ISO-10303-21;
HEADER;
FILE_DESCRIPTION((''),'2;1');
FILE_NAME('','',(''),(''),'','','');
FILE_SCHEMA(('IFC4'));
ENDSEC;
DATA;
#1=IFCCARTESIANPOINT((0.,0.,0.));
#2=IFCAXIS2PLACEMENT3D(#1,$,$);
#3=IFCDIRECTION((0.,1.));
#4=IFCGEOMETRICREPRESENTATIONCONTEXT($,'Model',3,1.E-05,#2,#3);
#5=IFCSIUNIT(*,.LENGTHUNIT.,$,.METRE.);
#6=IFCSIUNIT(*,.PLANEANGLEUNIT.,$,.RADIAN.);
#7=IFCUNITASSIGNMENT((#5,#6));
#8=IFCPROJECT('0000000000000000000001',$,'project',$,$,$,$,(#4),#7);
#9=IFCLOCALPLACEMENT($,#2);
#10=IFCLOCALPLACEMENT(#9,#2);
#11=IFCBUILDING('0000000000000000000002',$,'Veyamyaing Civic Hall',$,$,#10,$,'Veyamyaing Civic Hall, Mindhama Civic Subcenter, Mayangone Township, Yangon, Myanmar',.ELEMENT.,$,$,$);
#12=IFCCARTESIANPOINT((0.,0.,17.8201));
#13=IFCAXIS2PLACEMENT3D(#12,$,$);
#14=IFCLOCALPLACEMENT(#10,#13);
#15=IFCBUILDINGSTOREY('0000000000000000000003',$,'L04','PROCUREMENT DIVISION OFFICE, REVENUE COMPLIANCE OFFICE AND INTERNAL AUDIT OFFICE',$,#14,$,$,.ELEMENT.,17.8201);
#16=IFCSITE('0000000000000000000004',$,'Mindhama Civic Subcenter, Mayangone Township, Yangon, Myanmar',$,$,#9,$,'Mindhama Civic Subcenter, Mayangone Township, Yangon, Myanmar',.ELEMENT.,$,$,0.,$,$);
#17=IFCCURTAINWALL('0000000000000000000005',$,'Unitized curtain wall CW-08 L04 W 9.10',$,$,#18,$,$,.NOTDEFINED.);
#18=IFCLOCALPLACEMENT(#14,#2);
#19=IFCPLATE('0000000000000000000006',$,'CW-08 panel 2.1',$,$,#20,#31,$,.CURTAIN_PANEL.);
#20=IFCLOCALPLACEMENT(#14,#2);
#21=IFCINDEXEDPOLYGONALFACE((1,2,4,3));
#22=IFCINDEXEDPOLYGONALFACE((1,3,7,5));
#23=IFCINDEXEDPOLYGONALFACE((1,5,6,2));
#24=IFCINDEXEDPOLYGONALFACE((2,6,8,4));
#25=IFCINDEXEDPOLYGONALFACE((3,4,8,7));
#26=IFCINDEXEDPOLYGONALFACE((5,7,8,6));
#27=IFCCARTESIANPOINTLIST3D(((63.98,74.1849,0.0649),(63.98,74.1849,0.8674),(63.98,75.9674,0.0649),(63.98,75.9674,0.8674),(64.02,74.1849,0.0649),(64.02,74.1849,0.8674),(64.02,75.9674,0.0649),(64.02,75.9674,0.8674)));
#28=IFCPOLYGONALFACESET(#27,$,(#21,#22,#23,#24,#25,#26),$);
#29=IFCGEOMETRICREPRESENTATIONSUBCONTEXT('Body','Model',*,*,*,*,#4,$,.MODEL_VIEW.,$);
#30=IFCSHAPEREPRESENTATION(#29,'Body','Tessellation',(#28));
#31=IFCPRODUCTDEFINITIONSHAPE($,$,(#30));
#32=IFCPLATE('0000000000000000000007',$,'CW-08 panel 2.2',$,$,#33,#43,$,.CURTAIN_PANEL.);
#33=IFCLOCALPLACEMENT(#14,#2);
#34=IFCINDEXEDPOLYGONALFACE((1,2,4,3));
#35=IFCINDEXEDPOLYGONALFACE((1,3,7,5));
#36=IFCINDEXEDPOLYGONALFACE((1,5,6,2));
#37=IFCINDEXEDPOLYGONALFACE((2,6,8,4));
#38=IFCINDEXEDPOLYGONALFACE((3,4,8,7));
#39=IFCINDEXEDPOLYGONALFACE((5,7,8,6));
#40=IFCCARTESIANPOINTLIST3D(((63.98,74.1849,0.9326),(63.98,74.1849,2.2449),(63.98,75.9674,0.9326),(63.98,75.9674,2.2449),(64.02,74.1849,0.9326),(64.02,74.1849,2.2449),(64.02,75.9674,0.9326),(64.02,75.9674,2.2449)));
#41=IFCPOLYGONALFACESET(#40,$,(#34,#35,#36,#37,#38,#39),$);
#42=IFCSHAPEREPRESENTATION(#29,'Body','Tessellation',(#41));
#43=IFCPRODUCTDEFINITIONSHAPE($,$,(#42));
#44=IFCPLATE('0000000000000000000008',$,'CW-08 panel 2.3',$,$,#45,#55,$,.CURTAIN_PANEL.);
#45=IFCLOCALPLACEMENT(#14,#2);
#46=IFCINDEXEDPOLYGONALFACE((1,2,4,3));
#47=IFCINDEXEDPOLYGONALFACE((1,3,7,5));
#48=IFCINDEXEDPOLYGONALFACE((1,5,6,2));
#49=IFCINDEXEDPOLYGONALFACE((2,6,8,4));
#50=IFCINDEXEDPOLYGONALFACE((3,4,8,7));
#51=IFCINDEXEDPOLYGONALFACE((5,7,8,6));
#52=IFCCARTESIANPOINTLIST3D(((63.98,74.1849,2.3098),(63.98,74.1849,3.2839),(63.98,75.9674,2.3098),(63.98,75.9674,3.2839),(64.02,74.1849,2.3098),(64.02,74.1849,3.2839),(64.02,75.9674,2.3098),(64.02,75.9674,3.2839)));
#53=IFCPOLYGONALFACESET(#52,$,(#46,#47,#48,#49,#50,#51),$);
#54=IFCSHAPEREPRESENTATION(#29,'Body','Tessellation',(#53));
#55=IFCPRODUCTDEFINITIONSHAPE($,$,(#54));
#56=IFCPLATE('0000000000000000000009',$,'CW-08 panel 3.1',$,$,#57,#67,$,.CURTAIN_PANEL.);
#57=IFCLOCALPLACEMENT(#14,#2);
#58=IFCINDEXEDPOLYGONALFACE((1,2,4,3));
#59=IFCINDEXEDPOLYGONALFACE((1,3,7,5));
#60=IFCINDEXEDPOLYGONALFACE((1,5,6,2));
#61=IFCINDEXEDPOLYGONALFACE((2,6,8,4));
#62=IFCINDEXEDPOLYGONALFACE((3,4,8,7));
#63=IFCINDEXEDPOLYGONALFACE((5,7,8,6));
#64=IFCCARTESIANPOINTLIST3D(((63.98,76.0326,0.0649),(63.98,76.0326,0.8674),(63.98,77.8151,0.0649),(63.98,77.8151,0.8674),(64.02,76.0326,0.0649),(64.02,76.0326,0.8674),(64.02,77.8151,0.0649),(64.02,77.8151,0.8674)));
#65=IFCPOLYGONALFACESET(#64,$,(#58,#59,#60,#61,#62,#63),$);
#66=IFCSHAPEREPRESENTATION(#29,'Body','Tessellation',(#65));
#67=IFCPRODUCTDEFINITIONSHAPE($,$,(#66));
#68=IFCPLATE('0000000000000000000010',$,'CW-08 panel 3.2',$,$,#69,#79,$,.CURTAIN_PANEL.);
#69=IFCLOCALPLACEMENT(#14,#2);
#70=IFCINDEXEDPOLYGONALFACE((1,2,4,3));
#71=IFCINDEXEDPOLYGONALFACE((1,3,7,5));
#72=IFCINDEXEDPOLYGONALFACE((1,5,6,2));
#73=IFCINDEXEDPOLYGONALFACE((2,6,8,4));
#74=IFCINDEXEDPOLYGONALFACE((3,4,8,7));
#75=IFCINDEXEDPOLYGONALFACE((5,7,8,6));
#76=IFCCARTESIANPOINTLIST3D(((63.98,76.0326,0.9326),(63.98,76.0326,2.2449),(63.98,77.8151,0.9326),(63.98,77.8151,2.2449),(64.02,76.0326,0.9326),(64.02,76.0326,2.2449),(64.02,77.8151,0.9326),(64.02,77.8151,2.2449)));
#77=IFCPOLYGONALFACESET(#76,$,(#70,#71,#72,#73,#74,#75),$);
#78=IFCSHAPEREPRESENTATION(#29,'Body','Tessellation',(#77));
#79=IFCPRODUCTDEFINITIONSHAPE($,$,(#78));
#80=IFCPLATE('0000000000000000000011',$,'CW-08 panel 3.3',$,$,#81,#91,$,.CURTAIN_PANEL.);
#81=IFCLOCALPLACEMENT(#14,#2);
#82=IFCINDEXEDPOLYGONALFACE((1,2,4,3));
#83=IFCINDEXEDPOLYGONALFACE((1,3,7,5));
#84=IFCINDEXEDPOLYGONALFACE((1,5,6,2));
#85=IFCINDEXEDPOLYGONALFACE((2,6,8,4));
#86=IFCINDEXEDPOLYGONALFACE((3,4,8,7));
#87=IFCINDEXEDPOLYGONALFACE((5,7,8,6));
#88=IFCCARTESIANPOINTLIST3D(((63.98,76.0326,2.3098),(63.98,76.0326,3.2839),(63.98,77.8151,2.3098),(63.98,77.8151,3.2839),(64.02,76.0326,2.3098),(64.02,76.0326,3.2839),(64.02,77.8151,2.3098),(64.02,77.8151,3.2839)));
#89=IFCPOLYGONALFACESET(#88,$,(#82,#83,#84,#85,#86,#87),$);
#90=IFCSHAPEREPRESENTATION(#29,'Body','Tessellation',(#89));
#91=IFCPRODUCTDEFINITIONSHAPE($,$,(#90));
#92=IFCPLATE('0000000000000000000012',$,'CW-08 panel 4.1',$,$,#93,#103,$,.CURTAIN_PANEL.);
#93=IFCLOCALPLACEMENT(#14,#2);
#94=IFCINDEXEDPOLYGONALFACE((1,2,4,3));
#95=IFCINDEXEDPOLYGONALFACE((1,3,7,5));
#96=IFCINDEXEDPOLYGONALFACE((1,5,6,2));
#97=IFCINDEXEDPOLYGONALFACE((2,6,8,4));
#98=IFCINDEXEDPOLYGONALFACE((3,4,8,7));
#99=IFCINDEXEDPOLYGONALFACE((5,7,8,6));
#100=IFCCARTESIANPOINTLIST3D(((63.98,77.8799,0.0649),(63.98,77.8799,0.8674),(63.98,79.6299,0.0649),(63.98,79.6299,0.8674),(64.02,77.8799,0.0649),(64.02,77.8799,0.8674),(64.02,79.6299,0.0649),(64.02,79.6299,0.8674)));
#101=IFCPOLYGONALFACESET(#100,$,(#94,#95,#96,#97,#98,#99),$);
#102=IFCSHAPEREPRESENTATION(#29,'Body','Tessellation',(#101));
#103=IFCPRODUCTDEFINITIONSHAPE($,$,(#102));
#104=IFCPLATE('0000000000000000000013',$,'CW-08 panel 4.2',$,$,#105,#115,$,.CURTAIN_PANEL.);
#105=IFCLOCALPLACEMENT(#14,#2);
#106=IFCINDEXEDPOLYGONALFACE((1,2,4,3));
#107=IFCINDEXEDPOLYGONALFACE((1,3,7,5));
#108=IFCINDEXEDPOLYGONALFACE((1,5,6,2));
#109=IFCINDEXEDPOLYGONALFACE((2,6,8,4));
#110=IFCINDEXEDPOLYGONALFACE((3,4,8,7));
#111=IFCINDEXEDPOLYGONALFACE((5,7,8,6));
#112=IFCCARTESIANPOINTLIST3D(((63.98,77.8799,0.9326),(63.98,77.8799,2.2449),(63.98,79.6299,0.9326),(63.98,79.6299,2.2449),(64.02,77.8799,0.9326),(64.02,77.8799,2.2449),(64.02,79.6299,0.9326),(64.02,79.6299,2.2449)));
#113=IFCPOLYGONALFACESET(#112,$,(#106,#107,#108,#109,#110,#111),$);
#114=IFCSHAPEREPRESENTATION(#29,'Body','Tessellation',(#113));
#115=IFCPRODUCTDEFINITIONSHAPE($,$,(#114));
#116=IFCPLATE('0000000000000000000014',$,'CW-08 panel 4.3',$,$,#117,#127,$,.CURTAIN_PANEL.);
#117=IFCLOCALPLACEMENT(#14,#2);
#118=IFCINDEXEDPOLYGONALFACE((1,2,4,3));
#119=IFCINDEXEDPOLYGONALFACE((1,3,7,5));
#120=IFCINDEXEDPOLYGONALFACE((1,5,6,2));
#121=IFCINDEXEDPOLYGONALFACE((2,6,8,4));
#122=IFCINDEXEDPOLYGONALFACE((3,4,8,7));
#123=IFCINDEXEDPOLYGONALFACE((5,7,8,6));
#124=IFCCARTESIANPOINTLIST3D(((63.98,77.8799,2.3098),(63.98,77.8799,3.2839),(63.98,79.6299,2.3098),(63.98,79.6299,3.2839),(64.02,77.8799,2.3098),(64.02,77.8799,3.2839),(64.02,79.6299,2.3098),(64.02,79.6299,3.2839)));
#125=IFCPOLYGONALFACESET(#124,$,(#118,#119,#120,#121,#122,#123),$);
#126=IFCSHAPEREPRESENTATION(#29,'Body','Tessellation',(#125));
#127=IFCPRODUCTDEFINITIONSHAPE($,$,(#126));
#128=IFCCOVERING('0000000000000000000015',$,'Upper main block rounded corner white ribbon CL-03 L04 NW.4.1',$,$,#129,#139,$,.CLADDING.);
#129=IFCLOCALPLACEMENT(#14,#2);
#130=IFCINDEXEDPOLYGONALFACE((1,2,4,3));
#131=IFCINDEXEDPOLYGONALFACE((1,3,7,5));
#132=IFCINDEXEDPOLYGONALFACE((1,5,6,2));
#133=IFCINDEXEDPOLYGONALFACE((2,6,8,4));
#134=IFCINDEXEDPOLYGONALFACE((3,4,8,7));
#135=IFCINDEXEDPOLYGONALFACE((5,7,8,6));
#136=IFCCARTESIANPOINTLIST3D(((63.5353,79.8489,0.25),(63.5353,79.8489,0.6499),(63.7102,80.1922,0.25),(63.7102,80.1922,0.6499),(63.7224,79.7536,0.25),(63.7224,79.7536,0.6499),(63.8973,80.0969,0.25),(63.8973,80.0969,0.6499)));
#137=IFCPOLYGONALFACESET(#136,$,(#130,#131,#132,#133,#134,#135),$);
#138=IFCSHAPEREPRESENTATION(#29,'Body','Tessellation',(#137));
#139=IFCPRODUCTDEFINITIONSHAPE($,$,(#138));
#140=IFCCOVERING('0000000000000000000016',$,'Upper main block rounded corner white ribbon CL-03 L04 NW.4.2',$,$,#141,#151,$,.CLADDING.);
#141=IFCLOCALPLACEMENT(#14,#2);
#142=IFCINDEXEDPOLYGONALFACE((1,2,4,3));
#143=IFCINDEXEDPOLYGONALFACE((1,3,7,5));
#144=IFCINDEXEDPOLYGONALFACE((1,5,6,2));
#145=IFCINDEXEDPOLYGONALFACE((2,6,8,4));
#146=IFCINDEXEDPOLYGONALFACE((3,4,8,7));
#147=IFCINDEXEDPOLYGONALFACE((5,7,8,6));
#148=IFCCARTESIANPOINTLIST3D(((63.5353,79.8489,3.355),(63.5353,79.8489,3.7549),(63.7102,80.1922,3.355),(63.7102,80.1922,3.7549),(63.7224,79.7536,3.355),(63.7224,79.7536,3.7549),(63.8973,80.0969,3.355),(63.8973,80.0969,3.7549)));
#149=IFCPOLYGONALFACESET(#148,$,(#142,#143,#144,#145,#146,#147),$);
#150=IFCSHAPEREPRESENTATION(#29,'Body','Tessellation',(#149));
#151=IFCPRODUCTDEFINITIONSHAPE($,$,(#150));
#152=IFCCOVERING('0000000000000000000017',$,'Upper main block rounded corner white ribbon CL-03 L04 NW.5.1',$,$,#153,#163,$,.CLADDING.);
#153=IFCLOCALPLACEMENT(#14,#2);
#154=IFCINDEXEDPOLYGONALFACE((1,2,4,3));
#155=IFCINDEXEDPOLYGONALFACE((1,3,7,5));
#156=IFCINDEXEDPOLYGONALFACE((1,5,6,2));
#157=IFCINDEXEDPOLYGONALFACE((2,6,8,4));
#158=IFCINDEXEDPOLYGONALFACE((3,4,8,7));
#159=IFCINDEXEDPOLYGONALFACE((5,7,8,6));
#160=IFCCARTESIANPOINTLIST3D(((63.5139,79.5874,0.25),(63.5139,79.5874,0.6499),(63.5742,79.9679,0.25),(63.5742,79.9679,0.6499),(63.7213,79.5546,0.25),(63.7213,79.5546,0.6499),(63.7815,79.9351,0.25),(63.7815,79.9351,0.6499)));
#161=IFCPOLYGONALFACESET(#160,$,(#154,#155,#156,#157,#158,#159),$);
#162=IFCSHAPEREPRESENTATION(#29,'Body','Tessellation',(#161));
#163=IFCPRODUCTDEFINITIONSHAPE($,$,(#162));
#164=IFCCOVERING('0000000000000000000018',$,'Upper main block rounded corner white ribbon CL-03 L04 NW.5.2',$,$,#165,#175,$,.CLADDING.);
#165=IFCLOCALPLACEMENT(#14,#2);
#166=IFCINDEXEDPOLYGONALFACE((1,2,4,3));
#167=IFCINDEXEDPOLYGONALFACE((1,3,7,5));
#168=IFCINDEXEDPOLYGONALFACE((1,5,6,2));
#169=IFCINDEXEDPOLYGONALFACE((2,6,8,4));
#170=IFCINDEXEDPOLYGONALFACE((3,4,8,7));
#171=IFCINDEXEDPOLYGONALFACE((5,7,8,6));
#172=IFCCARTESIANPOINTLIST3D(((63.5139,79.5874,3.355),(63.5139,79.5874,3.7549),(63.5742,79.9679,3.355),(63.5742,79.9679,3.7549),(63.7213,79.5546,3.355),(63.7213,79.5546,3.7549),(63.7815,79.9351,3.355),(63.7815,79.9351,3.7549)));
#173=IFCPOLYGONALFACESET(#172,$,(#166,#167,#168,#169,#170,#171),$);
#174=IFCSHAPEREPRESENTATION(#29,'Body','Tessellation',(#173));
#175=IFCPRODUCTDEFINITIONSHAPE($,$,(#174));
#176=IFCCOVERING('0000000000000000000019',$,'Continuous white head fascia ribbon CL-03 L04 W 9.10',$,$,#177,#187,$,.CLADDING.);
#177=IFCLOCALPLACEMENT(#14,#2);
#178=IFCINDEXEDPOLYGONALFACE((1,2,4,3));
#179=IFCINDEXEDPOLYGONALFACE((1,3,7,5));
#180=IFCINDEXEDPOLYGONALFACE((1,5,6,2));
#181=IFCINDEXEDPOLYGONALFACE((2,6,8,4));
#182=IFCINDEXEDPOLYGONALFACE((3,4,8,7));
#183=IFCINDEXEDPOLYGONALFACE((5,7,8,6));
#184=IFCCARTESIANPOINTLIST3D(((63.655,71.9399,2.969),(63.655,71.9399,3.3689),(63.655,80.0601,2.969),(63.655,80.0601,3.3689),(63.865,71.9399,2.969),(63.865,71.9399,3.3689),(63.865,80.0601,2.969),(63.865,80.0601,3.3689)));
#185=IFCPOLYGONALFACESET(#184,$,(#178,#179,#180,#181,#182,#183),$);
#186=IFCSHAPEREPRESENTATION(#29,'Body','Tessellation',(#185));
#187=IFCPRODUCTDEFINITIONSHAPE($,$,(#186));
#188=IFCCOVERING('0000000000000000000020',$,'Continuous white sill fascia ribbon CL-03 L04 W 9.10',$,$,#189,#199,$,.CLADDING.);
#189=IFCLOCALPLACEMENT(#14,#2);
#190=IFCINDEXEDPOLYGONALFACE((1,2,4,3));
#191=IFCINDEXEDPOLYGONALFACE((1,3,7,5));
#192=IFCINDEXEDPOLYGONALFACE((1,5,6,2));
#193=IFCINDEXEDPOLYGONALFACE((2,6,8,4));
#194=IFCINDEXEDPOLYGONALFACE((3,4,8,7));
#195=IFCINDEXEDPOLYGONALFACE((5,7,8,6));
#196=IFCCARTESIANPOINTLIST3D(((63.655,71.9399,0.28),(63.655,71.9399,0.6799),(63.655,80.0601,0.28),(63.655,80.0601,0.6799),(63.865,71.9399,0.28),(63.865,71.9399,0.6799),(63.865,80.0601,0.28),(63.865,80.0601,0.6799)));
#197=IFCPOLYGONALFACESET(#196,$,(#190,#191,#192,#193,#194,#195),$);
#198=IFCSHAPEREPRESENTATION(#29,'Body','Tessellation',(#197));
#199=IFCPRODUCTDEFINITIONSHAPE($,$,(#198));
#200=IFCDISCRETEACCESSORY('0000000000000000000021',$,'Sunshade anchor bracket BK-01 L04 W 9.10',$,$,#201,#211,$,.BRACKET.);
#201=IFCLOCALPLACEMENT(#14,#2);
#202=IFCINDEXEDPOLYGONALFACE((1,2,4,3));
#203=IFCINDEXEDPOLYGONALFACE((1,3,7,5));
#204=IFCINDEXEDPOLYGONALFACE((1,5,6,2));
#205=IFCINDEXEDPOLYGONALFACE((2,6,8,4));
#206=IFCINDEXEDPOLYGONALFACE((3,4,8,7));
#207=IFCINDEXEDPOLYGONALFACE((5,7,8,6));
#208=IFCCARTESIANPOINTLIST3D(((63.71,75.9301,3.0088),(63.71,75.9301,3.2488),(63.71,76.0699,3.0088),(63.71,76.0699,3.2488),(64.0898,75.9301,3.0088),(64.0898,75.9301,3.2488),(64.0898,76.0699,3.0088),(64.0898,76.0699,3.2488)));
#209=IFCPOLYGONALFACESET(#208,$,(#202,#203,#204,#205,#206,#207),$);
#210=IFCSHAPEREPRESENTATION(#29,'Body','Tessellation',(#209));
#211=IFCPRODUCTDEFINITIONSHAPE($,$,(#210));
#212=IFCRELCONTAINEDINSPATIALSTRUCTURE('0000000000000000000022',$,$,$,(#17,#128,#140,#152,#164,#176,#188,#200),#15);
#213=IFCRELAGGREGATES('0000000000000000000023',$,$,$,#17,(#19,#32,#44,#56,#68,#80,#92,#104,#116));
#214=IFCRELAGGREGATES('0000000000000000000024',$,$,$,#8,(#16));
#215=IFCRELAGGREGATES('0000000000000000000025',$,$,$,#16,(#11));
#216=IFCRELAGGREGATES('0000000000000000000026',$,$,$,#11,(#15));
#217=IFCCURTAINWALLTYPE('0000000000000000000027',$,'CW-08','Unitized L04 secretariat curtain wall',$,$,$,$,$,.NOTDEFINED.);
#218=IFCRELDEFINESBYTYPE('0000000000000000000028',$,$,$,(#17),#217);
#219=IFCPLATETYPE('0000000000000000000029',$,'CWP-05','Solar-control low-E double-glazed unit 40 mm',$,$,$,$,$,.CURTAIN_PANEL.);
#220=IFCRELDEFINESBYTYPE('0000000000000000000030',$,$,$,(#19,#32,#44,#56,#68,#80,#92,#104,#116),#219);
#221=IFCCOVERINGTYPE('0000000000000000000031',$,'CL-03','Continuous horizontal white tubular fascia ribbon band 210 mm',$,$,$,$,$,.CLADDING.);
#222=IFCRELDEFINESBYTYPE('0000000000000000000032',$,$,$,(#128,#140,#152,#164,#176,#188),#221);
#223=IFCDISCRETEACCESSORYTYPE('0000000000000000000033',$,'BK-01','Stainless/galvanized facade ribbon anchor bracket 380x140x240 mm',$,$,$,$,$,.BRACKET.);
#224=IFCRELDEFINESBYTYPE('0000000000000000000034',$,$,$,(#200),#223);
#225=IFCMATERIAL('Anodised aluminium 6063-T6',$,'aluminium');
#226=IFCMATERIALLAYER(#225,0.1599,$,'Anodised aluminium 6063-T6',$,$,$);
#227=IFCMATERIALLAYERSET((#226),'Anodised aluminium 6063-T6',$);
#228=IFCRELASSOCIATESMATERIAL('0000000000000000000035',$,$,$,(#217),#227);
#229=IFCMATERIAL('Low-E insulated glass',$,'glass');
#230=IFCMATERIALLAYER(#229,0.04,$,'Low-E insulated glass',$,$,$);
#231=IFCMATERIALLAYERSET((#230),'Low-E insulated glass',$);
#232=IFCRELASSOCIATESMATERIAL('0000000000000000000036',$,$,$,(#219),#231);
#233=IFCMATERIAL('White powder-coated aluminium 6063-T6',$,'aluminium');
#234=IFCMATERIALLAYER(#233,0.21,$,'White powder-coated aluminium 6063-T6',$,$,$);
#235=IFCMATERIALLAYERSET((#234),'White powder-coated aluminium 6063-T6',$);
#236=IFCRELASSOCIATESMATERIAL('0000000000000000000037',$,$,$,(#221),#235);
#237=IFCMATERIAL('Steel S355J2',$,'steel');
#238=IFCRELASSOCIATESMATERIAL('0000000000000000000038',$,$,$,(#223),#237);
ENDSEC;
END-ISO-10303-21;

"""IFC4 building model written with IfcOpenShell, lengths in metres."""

from ifc_helpers import new_model, si_unit, direction, frame, origin, origin_2d, place, context, subcontext, project, spatial, rectangle, extrude, material, layer, layer_set, type_object, element, aggregate, save


model = new_model("IFC4")

# Units and contexts
model_context = context("Model", 3, precision=1e-05, world=origin(), true_north=direction((0.0, 1.0)))
body_context = subcontext(model_context, "Body", "Model", "MODEL_VIEW")
ifc_project = project(units=[si_unit("LENGTHUNIT", "METRE"), si_unit("PLANEANGLEUNIT", "RADIAN")], contexts=[model_context])

# Site, building, storey
site_placement = place(None, origin())
site = spatial("IfcSite", under=ifc_project, at=site_placement, Name="Mindhama Civic Subcenter, Mayangone Township, Yangon, Myanmar", LongName="Mindhama Civic Subcenter, Mayangone Township, Yangon, Myanmar", CompositionType="ELEMENT", RefElevation=0.0)
building_placement = place(site_placement, origin())
building = spatial("IfcBuilding", under=site, at=building_placement, Name="Veyamyaing Civic Hall", LongName="Veyamyaing Civic Hall, Mindhama Civic Subcenter, Mayangone Township, Yangon, Myanmar", CompositionType="ELEMENT")
storey_placement = place(building_placement, frame((0.0, 0.0, 17.8201)))
storey = spatial("IfcBuildingStorey", under=building, at=storey_placement, Name="L04", Description="PROCUREMENT DIVISION OFFICE, REVENUE COMPLIANCE OFFICE AND INTERNAL AUDIT OFFICE", CompositionType="ELEMENT", Elevation=17.8201)

# Curtain wall
ifc_material_1 = material(Name="Anodised aluminium 6063-T6", Category="aluminium")
ifc_layer_1 = layer(ifc_material_1, 0.1599, Name="Anodised aluminium 6063-T6")
ifc_layer_set_1 = layer_set([ifc_layer_1], Name="Anodised aluminium 6063-T6")
curtain_wall_type = type_object("IfcCurtainWallType", Name="CW-08", Description="Unitized L04 secretariat curtain wall", PredefinedType="NOTDEFINED", material=ifc_layer_set_1)
curtain_wall_placement = place(storey_placement, origin())
curtain_wall = element("IfcCurtainWall", 1, at=curtain_wall_placement, inside=storey, type_object=curtain_wall_type, Name="Unitized curtain wall CW-08 L04 W 9.10", PredefinedType="NOTDEFINED")

# Plates
ifc_material_2 = material(Name="Low-E insulated glass", Category="glass")
ifc_layer_2 = layer(ifc_material_2, 0.04, Name="Low-E insulated glass")
ifc_layer_set_2 = layer_set([ifc_layer_2], Name="Low-E insulated glass")
plate_type = type_object("IfcPlateType", Name="CWP-05", Description="Solar-control low-E double-glazed unit 40 mm", PredefinedType="CURTAIN_PANEL", material=ifc_layer_set_2)
plate_1_placement = place(storey_placement, frame((64.0, 75.0762, 0.0649), z_axis=(0.0, 0.0, 1.0), x_axis=(0.0, 1.0, 0.0)))
plate_1 = element("IfcPlate", 2, at=plate_1_placement, type_object=plate_type, Name="CW-08 panel 2.1", PredefinedType="CURTAIN_PANEL", context=body_context, shape_type="SweptSolid", body=[
    extrude(rectangle(XDim=1.7825, YDim=0.04, at=origin_2d()), origin(), (0.0, 0.0, 1.0), 0.8025),
])
plate_2_placement = place(storey_placement, frame((64.0, 75.0762, 0.9326), z_axis=(0.0, 0.0, 1.0), x_axis=(0.0, 1.0, 0.0)))
plate_2 = element("IfcPlate", 3, at=plate_2_placement, type_object=plate_type, Name="CW-08 panel 2.2", PredefinedType="CURTAIN_PANEL", context=body_context, shape_type="SweptSolid", body=[
    extrude(rectangle(XDim=1.7825, YDim=0.04, at=origin_2d()), origin(), (0.0, 0.0, 1.0), 1.3123),
])
plate_3_placement = place(storey_placement, frame((64.0, 75.0762, 2.3098), z_axis=(0.0, 0.0, 1.0), x_axis=(0.0, 1.0, 0.0)))
plate_3 = element("IfcPlate", 4, at=plate_3_placement, type_object=plate_type, Name="CW-08 panel 2.3", PredefinedType="CURTAIN_PANEL", context=body_context, shape_type="SweptSolid", body=[
    extrude(rectangle(XDim=1.7825, YDim=0.04, at=origin_2d()), origin(), (0.0, 0.0, 1.0), 0.9741),
])
plate_4_placement = place(storey_placement, frame((64.0, 76.9238, 0.0649), z_axis=(0.0, 0.0, 1.0), x_axis=(0.0, 1.0, 0.0)))
plate_4 = element("IfcPlate", 5, at=plate_4_placement, type_object=plate_type, Name="CW-08 panel 3.1", PredefinedType="CURTAIN_PANEL", context=body_context, shape_type="SweptSolid", body=[
    extrude(rectangle(XDim=1.7825, YDim=0.04, at=origin_2d()), origin(), (0.0, 0.0, 1.0), 0.8025),
])
plate_5_placement = place(storey_placement, frame((64.0, 76.9238, 0.9326), z_axis=(0.0, 0.0, 1.0), x_axis=(0.0, 1.0, 0.0)))
plate_5 = element("IfcPlate", 6, at=plate_5_placement, type_object=plate_type, Name="CW-08 panel 3.2", PredefinedType="CURTAIN_PANEL", context=body_context, shape_type="SweptSolid", body=[
    extrude(rectangle(XDim=1.7825, YDim=0.04, at=origin_2d()), origin(), (0.0, 0.0, 1.0), 1.3123),
])
plate_6_placement = place(storey_placement, frame((64.0, 76.9238, 2.3098), z_axis=(0.0, 0.0, 1.0), x_axis=(0.0, 1.0, 0.0)))
plate_6 = element("IfcPlate", 7, at=plate_6_placement, type_object=plate_type, Name="CW-08 panel 3.3", PredefinedType="CURTAIN_PANEL", context=body_context, shape_type="SweptSolid", body=[
    extrude(rectangle(XDim=1.7825, YDim=0.04, at=origin_2d()), origin(), (0.0, 0.0, 1.0), 0.9741),
])
plate_7_placement = place(storey_placement, frame((64.0, 78.7549, 0.0649), z_axis=(0.0, 0.0, 1.0), x_axis=(0.0, 1.0, 0.0)))
plate_7 = element("IfcPlate", 8, at=plate_7_placement, type_object=plate_type, Name="CW-08 panel 4.1", PredefinedType="CURTAIN_PANEL", context=body_context, shape_type="SweptSolid", body=[
    extrude(rectangle(XDim=1.75, YDim=0.04, at=origin_2d()), origin(), (0.0, 0.0, 1.0), 0.8025),
])
plate_8_placement = place(storey_placement, frame((64.0, 78.7549, 0.9326), z_axis=(0.0, 0.0, 1.0), x_axis=(0.0, 1.0, 0.0)))
plate_8 = element("IfcPlate", 9, at=plate_8_placement, type_object=plate_type, Name="CW-08 panel 4.2", PredefinedType="CURTAIN_PANEL", context=body_context, shape_type="SweptSolid", body=[
    extrude(rectangle(XDim=1.75, YDim=0.04, at=origin_2d()), origin(), (0.0, 0.0, 1.0), 1.3123),
])
plate_9_placement = place(storey_placement, frame((64.0, 78.7549, 2.3098), z_axis=(0.0, 0.0, 1.0), x_axis=(0.0, 1.0, 0.0)))
plate_9 = element("IfcPlate", 10, at=plate_9_placement, type_object=plate_type, Name="CW-08 panel 4.3", PredefinedType="CURTAIN_PANEL", context=body_context, shape_type="SweptSolid", body=[
    extrude(rectangle(XDim=1.75, YDim=0.04, at=origin_2d()), origin(), (0.0, 0.0, 1.0), 0.9741),
])
aggregate(curtain_wall, [plate_1, plate_2, plate_3, plate_4, plate_5, plate_6, plate_7, plate_8, plate_9])

# Coverings
ifc_material_3 = material(Name="White powder-coated aluminium 6063-T6", Category="aluminium")
ifc_layer_3 = layer(ifc_material_3, 0.21, Name="White powder-coated aluminium 6063-T6")
ifc_layer_set_3 = layer_set([ifc_layer_3], Name="White powder-coated aluminium 6063-T6")
covering_type = type_object("IfcCoveringType", Name="CL-03", Description="Continuous horizontal white tubular fascia ribbon band 210 mm", PredefinedType="CLADDING", material=ifc_layer_set_3)
for number, where, z_axis, x_axis, name in (
    (11, (63.7163, 79.9729, 0.25), (0.0, 0.0, 1.0), (-0.45399, -0.891007, 0.0), "Upper main block rounded corner white ribbon CL-03 L04 NW.4.1"),
    (12, (63.7163, 79.9729, 3.355), (0.0, 0.0, 1.0), (-0.45399, -0.891007, 0.0), "Upper main block rounded corner white ribbon CL-03 L04 NW.4.2"),
    (13, (63.6477, 79.7612, 0.25), (0.0, 0.0, 1.0), (-0.156434, -0.987688, 0.0), "Upper main block rounded corner white ribbon CL-03 L04 NW.5.1"),
    (14, (63.6477, 79.7612, 3.355), (0.0, 0.0, 1.0), (-0.156434, -0.987688, 0.0), "Upper main block rounded corner white ribbon CL-03 L04 NW.5.2"),
):
    element("IfcCovering", number, at=place(storey_placement, frame(where, z_axis=z_axis, x_axis=x_axis)), inside=storey, type_object=covering_type, Name=name, PredefinedType="CLADDING", context=body_context, shape_type="SweptSolid", body=[
        extrude(rectangle(XDim=0.3853, YDim=0.21, at=origin_2d()), origin(), (0.0, 0.0, 1.0), 0.3999),
    ])
for number, where, z_axis, x_axis, name in (
    (15, (63.76, 76.0, 2.969), (0.0, 0.0, 1.0), (0.0, 1.0, 0.0), "Continuous white head fascia ribbon CL-03 L04 W 9.10"),
    (16, (63.76, 76.0, 0.28), (0.0, 0.0, 1.0), (0.0, 1.0, 0.0), "Continuous white sill fascia ribbon CL-03 L04 W 9.10"),
):
    element("IfcCovering", number, at=place(storey_placement, frame(where, z_axis=z_axis, x_axis=x_axis)), inside=storey, type_object=covering_type, Name=name, PredefinedType="CLADDING", context=body_context, shape_type="SweptSolid", body=[
        extrude(rectangle(XDim=8.1201, YDim=0.21, at=origin_2d()), origin(), (0.0, 0.0, 1.0), 0.3999),
    ])

# Discrete accessory
ifc_material_4 = material(Name="Steel S355J2", Category="steel")
discrete_accessory_type = type_object("IfcDiscreteAccessoryType", Name="BK-01", Description="Stainless/galvanized facade ribbon anchor bracket 380x140x240 mm", PredefinedType="BRACKET", material=ifc_material_4)
for number, where, z_axis, x_axis, name in (
    (17, (63.8999, 76.0, 3.0088), (0.0, 0.0, 1.0), (-1.0, 0.0, 0.0), "Sunshade anchor bracket BK-01 L04 W 9.10"),
):
    element("IfcDiscreteAccessory", number, at=place(storey_placement, frame(where, z_axis=z_axis, x_axis=x_axis)), inside=storey, type_object=discrete_accessory_type, Name=name, PredefinedType="BRACKET", context=body_context, shape_type="SweptSolid", body=[
        extrude(rectangle(XDim=0.3799, YDim=0.1399, at=origin_2d()), origin(), (0.0, 0.0, 1.0), 0.24),
    ])

save(model, "model.ifc")
